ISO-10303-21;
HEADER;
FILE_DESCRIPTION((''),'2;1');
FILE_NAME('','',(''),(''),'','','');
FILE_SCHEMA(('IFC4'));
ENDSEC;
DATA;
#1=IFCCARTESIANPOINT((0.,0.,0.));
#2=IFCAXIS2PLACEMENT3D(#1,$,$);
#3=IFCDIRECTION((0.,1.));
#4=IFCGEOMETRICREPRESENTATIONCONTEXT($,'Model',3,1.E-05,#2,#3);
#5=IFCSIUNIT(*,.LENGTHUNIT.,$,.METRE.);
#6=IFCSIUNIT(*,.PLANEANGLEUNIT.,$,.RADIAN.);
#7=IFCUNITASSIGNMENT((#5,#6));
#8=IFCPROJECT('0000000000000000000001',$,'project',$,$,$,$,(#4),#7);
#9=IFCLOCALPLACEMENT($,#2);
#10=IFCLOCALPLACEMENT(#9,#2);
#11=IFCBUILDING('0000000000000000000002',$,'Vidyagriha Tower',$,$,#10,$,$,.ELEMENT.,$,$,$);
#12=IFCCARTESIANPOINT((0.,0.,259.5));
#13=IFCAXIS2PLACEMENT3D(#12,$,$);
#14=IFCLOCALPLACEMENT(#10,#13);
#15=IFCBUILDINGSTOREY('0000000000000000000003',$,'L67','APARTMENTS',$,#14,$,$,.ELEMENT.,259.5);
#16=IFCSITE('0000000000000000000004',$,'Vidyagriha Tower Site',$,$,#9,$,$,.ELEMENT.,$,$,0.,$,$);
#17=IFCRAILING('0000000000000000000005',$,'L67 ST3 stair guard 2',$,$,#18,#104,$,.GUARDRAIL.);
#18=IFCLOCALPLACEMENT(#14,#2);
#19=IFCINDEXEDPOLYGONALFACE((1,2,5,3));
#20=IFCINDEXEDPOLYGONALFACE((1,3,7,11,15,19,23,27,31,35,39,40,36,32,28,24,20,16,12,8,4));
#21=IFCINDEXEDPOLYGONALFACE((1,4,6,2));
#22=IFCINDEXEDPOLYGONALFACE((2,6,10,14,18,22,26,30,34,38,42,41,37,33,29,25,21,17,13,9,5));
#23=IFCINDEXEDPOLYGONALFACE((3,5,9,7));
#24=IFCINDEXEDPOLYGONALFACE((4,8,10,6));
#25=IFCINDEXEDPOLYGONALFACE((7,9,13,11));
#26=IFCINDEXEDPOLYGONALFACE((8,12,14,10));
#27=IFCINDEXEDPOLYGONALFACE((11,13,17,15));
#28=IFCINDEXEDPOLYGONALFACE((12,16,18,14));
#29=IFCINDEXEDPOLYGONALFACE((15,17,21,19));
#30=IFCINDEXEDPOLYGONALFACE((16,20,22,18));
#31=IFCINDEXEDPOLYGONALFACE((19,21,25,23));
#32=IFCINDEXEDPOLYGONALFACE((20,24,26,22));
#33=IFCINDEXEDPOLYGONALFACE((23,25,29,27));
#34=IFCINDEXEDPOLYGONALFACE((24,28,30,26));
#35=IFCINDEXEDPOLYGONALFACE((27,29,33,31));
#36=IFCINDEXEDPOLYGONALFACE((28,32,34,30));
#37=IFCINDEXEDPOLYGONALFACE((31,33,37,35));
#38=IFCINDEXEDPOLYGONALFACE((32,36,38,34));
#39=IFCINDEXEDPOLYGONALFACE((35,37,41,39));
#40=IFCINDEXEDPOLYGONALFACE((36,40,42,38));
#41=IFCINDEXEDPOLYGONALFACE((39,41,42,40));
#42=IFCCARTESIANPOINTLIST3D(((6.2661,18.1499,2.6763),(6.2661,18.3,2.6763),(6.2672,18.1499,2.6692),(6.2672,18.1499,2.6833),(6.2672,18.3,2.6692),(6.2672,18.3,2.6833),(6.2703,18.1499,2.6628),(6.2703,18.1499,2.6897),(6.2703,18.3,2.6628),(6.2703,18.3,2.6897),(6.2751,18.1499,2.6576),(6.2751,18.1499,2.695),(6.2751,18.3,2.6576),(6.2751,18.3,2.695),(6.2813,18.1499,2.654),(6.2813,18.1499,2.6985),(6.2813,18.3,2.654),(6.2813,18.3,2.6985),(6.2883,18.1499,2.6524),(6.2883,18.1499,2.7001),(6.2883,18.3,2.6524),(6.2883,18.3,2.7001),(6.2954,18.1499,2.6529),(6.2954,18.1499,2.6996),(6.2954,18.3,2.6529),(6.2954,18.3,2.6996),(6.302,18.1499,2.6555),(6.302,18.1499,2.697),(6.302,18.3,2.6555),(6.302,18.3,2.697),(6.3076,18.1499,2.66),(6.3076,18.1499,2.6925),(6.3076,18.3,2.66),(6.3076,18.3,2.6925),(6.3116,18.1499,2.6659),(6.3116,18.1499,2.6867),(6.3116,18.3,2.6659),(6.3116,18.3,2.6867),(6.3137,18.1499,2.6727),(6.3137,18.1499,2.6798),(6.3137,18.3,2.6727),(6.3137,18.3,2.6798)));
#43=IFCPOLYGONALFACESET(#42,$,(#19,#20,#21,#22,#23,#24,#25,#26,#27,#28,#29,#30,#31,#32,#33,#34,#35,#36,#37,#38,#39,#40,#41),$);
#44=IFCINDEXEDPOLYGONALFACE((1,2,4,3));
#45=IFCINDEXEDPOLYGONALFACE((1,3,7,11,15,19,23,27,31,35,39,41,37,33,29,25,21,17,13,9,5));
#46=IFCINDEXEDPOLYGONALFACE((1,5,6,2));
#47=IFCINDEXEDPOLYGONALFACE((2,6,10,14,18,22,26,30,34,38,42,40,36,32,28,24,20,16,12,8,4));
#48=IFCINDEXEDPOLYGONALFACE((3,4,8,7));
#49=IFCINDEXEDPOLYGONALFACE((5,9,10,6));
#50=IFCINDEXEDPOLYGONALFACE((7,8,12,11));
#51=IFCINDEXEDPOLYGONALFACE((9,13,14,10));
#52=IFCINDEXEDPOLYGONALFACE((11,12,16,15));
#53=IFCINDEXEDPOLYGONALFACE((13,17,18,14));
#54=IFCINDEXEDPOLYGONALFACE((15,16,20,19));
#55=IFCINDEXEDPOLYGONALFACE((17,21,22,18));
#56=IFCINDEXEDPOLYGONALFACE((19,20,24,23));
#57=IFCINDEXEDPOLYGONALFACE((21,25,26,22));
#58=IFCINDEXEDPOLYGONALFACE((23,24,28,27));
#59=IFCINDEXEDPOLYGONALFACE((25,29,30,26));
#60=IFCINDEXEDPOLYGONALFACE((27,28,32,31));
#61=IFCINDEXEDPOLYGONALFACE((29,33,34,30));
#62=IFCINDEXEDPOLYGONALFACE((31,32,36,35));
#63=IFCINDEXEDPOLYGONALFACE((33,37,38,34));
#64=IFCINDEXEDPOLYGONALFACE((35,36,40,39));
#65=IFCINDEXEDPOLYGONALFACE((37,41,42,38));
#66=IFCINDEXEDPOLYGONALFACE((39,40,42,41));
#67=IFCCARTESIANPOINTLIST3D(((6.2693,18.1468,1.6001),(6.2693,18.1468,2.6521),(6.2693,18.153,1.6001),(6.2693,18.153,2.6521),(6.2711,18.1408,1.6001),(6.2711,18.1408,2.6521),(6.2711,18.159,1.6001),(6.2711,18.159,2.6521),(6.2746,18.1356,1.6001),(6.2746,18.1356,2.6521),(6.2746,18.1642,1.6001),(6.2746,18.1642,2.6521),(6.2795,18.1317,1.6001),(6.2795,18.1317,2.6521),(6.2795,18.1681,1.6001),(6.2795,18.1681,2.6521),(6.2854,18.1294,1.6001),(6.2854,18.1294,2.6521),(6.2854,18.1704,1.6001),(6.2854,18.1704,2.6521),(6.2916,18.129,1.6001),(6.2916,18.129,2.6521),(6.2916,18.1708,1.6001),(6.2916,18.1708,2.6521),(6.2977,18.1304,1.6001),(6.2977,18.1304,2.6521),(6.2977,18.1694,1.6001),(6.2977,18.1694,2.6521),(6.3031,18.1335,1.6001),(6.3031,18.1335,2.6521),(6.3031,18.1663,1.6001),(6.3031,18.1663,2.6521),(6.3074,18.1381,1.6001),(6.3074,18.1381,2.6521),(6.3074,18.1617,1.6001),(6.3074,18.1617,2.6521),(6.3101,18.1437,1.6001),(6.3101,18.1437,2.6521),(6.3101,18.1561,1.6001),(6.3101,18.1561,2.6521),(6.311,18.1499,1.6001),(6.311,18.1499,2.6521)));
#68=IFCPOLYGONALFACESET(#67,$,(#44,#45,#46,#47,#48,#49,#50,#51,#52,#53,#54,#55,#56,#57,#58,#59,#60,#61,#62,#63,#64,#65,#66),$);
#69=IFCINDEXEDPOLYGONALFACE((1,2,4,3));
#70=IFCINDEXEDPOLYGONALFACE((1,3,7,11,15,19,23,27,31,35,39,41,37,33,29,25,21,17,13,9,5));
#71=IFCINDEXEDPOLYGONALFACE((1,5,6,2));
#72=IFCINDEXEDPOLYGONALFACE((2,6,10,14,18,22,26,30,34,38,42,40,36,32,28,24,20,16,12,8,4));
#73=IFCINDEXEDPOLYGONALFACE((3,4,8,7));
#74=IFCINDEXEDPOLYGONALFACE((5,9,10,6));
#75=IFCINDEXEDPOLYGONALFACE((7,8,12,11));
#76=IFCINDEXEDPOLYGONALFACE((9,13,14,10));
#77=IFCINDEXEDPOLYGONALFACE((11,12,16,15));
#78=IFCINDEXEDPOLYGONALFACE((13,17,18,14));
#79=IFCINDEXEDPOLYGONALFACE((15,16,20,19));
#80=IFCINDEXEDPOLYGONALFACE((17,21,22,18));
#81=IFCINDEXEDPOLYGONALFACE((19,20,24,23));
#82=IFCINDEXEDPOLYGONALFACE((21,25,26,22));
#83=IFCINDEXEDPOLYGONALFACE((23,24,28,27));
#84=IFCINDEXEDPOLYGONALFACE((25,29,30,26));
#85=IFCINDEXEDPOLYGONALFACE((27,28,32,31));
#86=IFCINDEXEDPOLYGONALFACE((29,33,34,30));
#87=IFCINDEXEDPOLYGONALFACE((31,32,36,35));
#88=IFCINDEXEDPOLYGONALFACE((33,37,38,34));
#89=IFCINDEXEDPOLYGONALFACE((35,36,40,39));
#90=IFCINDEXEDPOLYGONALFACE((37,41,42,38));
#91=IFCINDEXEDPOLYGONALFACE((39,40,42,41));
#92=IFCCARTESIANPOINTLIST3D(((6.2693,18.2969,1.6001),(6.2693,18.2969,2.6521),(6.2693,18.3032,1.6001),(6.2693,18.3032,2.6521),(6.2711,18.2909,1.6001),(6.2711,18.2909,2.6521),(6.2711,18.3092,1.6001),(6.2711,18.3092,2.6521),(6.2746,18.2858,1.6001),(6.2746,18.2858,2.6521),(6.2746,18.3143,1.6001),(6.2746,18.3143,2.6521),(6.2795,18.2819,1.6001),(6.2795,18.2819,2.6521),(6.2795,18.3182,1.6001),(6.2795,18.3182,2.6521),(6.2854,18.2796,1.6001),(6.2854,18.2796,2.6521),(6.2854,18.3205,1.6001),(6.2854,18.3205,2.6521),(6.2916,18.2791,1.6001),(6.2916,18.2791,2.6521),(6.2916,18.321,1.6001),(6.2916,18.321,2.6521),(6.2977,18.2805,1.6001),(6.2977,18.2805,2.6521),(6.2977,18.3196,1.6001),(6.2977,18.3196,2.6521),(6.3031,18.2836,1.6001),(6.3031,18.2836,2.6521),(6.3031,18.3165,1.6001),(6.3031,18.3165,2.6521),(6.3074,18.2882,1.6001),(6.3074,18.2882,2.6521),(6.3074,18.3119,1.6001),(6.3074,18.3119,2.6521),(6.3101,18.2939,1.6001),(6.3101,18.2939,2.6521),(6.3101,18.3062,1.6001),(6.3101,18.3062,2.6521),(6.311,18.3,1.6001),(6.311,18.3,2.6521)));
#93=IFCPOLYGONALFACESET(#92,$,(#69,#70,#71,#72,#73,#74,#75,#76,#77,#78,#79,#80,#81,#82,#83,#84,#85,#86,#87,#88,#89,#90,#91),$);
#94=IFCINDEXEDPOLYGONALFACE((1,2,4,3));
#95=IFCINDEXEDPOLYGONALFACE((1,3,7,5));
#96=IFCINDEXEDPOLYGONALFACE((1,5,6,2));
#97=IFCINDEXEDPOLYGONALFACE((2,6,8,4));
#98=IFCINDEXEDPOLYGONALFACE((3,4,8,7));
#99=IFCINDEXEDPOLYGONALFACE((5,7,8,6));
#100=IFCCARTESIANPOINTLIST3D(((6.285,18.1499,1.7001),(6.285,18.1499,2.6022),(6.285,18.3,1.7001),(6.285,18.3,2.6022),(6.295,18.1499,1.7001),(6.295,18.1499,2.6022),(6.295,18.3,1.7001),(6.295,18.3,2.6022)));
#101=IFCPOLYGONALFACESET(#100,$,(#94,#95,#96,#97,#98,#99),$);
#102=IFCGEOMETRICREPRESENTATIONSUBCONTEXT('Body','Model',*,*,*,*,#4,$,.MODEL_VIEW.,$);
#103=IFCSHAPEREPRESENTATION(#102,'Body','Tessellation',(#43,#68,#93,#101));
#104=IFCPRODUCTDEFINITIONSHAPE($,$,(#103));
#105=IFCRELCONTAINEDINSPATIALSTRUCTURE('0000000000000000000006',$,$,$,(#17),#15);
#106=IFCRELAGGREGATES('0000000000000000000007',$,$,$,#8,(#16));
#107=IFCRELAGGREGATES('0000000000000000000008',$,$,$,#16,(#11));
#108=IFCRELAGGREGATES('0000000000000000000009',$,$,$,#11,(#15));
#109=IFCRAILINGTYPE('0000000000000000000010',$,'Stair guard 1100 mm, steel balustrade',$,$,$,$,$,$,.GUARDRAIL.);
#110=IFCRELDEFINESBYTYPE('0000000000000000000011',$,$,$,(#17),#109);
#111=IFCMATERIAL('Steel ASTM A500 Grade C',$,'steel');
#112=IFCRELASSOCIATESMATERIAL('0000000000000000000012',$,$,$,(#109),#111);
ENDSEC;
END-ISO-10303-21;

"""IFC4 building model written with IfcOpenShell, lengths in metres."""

from ifc_helpers import new_model, si_unit, direction, frame, origin, origin_2d, place, context, subcontext, project, spatial, rectangle, circle, extrude, material, type_object, element, save


model = new_model("IFC4")

# Units and contexts
model_context = context("Model", 3, precision=1e-05, world=origin(), true_north=direction((0.0, 1.0)))
body_context = subcontext(model_context, "Body", "Model", "MODEL_VIEW")
ifc_project = project(units=[si_unit("LENGTHUNIT", "METRE"), si_unit("PLANEANGLEUNIT", "RADIAN")], contexts=[model_context])

# Site, building, storey
site_placement = place(None, origin())
site = spatial("IfcSite", under=ifc_project, at=site_placement, Name="Vidyagriha Tower Site", CompositionType="ELEMENT", RefElevation=0.0)
building_placement = place(site_placement, origin())
building = spatial("IfcBuilding", under=site, at=building_placement, Name="Vidyagriha Tower", CompositionType="ELEMENT")
storey_placement = place(building_placement, frame((0.0, 0.0, 259.5)))
storey = spatial("IfcBuildingStorey", under=building, at=storey_placement, Name="L67", Description="APARTMENTS", CompositionType="ELEMENT", Elevation=259.5)

# Railing
ifc_material_1 = material(Name="Steel ASTM A500 Grade C", Category="steel")
railing_type_1 = type_object("IfcRailingType", Name="Stair guard 1100 mm, steel balustrade", PredefinedType="GUARDRAIL", material=ifc_material_1)
railing_1_placement = place(storey_placement, frame((6.29, 18.1499, 1.6001)))
element("IfcRailing", 1, at=railing_1_placement, inside=storey, type_object=railing_type_1, Name="L67 ST3 stair guard 2", PredefinedType="GUARDRAIL", context=body_context, shape_type="SweptSolid", body=[
    extrude(circle(Radius=0.0239, at=origin_2d()), frame((0.0, 0.0, 1.0762), z_axis=(0.0, 1.0, 0.0), x_axis=(-1.0, 0.0, 0.0)), (0.0, 0.0, 1.0), 0.1501),
    extrude(circle(Radius=0.021, at=origin_2d()), origin(), (0.0, 0.0, 1.0), 1.052),
    extrude(circle(Radius=0.021, at=origin_2d()), frame((0.0, 0.1501, 0.0)), (0.0, 0.0, 1.0), 1.052),
    extrude(rectangle(XDim=0.01, YDim=0.9021, at=origin_2d()), frame((0.0, 0.0, 0.551), z_axis=(0.0, 1.0, 0.0), x_axis=(-1.0, 0.0, 0.0)), (0.0, 0.0, 1.0), 0.1501),
])

save(model, "model.ifc")
